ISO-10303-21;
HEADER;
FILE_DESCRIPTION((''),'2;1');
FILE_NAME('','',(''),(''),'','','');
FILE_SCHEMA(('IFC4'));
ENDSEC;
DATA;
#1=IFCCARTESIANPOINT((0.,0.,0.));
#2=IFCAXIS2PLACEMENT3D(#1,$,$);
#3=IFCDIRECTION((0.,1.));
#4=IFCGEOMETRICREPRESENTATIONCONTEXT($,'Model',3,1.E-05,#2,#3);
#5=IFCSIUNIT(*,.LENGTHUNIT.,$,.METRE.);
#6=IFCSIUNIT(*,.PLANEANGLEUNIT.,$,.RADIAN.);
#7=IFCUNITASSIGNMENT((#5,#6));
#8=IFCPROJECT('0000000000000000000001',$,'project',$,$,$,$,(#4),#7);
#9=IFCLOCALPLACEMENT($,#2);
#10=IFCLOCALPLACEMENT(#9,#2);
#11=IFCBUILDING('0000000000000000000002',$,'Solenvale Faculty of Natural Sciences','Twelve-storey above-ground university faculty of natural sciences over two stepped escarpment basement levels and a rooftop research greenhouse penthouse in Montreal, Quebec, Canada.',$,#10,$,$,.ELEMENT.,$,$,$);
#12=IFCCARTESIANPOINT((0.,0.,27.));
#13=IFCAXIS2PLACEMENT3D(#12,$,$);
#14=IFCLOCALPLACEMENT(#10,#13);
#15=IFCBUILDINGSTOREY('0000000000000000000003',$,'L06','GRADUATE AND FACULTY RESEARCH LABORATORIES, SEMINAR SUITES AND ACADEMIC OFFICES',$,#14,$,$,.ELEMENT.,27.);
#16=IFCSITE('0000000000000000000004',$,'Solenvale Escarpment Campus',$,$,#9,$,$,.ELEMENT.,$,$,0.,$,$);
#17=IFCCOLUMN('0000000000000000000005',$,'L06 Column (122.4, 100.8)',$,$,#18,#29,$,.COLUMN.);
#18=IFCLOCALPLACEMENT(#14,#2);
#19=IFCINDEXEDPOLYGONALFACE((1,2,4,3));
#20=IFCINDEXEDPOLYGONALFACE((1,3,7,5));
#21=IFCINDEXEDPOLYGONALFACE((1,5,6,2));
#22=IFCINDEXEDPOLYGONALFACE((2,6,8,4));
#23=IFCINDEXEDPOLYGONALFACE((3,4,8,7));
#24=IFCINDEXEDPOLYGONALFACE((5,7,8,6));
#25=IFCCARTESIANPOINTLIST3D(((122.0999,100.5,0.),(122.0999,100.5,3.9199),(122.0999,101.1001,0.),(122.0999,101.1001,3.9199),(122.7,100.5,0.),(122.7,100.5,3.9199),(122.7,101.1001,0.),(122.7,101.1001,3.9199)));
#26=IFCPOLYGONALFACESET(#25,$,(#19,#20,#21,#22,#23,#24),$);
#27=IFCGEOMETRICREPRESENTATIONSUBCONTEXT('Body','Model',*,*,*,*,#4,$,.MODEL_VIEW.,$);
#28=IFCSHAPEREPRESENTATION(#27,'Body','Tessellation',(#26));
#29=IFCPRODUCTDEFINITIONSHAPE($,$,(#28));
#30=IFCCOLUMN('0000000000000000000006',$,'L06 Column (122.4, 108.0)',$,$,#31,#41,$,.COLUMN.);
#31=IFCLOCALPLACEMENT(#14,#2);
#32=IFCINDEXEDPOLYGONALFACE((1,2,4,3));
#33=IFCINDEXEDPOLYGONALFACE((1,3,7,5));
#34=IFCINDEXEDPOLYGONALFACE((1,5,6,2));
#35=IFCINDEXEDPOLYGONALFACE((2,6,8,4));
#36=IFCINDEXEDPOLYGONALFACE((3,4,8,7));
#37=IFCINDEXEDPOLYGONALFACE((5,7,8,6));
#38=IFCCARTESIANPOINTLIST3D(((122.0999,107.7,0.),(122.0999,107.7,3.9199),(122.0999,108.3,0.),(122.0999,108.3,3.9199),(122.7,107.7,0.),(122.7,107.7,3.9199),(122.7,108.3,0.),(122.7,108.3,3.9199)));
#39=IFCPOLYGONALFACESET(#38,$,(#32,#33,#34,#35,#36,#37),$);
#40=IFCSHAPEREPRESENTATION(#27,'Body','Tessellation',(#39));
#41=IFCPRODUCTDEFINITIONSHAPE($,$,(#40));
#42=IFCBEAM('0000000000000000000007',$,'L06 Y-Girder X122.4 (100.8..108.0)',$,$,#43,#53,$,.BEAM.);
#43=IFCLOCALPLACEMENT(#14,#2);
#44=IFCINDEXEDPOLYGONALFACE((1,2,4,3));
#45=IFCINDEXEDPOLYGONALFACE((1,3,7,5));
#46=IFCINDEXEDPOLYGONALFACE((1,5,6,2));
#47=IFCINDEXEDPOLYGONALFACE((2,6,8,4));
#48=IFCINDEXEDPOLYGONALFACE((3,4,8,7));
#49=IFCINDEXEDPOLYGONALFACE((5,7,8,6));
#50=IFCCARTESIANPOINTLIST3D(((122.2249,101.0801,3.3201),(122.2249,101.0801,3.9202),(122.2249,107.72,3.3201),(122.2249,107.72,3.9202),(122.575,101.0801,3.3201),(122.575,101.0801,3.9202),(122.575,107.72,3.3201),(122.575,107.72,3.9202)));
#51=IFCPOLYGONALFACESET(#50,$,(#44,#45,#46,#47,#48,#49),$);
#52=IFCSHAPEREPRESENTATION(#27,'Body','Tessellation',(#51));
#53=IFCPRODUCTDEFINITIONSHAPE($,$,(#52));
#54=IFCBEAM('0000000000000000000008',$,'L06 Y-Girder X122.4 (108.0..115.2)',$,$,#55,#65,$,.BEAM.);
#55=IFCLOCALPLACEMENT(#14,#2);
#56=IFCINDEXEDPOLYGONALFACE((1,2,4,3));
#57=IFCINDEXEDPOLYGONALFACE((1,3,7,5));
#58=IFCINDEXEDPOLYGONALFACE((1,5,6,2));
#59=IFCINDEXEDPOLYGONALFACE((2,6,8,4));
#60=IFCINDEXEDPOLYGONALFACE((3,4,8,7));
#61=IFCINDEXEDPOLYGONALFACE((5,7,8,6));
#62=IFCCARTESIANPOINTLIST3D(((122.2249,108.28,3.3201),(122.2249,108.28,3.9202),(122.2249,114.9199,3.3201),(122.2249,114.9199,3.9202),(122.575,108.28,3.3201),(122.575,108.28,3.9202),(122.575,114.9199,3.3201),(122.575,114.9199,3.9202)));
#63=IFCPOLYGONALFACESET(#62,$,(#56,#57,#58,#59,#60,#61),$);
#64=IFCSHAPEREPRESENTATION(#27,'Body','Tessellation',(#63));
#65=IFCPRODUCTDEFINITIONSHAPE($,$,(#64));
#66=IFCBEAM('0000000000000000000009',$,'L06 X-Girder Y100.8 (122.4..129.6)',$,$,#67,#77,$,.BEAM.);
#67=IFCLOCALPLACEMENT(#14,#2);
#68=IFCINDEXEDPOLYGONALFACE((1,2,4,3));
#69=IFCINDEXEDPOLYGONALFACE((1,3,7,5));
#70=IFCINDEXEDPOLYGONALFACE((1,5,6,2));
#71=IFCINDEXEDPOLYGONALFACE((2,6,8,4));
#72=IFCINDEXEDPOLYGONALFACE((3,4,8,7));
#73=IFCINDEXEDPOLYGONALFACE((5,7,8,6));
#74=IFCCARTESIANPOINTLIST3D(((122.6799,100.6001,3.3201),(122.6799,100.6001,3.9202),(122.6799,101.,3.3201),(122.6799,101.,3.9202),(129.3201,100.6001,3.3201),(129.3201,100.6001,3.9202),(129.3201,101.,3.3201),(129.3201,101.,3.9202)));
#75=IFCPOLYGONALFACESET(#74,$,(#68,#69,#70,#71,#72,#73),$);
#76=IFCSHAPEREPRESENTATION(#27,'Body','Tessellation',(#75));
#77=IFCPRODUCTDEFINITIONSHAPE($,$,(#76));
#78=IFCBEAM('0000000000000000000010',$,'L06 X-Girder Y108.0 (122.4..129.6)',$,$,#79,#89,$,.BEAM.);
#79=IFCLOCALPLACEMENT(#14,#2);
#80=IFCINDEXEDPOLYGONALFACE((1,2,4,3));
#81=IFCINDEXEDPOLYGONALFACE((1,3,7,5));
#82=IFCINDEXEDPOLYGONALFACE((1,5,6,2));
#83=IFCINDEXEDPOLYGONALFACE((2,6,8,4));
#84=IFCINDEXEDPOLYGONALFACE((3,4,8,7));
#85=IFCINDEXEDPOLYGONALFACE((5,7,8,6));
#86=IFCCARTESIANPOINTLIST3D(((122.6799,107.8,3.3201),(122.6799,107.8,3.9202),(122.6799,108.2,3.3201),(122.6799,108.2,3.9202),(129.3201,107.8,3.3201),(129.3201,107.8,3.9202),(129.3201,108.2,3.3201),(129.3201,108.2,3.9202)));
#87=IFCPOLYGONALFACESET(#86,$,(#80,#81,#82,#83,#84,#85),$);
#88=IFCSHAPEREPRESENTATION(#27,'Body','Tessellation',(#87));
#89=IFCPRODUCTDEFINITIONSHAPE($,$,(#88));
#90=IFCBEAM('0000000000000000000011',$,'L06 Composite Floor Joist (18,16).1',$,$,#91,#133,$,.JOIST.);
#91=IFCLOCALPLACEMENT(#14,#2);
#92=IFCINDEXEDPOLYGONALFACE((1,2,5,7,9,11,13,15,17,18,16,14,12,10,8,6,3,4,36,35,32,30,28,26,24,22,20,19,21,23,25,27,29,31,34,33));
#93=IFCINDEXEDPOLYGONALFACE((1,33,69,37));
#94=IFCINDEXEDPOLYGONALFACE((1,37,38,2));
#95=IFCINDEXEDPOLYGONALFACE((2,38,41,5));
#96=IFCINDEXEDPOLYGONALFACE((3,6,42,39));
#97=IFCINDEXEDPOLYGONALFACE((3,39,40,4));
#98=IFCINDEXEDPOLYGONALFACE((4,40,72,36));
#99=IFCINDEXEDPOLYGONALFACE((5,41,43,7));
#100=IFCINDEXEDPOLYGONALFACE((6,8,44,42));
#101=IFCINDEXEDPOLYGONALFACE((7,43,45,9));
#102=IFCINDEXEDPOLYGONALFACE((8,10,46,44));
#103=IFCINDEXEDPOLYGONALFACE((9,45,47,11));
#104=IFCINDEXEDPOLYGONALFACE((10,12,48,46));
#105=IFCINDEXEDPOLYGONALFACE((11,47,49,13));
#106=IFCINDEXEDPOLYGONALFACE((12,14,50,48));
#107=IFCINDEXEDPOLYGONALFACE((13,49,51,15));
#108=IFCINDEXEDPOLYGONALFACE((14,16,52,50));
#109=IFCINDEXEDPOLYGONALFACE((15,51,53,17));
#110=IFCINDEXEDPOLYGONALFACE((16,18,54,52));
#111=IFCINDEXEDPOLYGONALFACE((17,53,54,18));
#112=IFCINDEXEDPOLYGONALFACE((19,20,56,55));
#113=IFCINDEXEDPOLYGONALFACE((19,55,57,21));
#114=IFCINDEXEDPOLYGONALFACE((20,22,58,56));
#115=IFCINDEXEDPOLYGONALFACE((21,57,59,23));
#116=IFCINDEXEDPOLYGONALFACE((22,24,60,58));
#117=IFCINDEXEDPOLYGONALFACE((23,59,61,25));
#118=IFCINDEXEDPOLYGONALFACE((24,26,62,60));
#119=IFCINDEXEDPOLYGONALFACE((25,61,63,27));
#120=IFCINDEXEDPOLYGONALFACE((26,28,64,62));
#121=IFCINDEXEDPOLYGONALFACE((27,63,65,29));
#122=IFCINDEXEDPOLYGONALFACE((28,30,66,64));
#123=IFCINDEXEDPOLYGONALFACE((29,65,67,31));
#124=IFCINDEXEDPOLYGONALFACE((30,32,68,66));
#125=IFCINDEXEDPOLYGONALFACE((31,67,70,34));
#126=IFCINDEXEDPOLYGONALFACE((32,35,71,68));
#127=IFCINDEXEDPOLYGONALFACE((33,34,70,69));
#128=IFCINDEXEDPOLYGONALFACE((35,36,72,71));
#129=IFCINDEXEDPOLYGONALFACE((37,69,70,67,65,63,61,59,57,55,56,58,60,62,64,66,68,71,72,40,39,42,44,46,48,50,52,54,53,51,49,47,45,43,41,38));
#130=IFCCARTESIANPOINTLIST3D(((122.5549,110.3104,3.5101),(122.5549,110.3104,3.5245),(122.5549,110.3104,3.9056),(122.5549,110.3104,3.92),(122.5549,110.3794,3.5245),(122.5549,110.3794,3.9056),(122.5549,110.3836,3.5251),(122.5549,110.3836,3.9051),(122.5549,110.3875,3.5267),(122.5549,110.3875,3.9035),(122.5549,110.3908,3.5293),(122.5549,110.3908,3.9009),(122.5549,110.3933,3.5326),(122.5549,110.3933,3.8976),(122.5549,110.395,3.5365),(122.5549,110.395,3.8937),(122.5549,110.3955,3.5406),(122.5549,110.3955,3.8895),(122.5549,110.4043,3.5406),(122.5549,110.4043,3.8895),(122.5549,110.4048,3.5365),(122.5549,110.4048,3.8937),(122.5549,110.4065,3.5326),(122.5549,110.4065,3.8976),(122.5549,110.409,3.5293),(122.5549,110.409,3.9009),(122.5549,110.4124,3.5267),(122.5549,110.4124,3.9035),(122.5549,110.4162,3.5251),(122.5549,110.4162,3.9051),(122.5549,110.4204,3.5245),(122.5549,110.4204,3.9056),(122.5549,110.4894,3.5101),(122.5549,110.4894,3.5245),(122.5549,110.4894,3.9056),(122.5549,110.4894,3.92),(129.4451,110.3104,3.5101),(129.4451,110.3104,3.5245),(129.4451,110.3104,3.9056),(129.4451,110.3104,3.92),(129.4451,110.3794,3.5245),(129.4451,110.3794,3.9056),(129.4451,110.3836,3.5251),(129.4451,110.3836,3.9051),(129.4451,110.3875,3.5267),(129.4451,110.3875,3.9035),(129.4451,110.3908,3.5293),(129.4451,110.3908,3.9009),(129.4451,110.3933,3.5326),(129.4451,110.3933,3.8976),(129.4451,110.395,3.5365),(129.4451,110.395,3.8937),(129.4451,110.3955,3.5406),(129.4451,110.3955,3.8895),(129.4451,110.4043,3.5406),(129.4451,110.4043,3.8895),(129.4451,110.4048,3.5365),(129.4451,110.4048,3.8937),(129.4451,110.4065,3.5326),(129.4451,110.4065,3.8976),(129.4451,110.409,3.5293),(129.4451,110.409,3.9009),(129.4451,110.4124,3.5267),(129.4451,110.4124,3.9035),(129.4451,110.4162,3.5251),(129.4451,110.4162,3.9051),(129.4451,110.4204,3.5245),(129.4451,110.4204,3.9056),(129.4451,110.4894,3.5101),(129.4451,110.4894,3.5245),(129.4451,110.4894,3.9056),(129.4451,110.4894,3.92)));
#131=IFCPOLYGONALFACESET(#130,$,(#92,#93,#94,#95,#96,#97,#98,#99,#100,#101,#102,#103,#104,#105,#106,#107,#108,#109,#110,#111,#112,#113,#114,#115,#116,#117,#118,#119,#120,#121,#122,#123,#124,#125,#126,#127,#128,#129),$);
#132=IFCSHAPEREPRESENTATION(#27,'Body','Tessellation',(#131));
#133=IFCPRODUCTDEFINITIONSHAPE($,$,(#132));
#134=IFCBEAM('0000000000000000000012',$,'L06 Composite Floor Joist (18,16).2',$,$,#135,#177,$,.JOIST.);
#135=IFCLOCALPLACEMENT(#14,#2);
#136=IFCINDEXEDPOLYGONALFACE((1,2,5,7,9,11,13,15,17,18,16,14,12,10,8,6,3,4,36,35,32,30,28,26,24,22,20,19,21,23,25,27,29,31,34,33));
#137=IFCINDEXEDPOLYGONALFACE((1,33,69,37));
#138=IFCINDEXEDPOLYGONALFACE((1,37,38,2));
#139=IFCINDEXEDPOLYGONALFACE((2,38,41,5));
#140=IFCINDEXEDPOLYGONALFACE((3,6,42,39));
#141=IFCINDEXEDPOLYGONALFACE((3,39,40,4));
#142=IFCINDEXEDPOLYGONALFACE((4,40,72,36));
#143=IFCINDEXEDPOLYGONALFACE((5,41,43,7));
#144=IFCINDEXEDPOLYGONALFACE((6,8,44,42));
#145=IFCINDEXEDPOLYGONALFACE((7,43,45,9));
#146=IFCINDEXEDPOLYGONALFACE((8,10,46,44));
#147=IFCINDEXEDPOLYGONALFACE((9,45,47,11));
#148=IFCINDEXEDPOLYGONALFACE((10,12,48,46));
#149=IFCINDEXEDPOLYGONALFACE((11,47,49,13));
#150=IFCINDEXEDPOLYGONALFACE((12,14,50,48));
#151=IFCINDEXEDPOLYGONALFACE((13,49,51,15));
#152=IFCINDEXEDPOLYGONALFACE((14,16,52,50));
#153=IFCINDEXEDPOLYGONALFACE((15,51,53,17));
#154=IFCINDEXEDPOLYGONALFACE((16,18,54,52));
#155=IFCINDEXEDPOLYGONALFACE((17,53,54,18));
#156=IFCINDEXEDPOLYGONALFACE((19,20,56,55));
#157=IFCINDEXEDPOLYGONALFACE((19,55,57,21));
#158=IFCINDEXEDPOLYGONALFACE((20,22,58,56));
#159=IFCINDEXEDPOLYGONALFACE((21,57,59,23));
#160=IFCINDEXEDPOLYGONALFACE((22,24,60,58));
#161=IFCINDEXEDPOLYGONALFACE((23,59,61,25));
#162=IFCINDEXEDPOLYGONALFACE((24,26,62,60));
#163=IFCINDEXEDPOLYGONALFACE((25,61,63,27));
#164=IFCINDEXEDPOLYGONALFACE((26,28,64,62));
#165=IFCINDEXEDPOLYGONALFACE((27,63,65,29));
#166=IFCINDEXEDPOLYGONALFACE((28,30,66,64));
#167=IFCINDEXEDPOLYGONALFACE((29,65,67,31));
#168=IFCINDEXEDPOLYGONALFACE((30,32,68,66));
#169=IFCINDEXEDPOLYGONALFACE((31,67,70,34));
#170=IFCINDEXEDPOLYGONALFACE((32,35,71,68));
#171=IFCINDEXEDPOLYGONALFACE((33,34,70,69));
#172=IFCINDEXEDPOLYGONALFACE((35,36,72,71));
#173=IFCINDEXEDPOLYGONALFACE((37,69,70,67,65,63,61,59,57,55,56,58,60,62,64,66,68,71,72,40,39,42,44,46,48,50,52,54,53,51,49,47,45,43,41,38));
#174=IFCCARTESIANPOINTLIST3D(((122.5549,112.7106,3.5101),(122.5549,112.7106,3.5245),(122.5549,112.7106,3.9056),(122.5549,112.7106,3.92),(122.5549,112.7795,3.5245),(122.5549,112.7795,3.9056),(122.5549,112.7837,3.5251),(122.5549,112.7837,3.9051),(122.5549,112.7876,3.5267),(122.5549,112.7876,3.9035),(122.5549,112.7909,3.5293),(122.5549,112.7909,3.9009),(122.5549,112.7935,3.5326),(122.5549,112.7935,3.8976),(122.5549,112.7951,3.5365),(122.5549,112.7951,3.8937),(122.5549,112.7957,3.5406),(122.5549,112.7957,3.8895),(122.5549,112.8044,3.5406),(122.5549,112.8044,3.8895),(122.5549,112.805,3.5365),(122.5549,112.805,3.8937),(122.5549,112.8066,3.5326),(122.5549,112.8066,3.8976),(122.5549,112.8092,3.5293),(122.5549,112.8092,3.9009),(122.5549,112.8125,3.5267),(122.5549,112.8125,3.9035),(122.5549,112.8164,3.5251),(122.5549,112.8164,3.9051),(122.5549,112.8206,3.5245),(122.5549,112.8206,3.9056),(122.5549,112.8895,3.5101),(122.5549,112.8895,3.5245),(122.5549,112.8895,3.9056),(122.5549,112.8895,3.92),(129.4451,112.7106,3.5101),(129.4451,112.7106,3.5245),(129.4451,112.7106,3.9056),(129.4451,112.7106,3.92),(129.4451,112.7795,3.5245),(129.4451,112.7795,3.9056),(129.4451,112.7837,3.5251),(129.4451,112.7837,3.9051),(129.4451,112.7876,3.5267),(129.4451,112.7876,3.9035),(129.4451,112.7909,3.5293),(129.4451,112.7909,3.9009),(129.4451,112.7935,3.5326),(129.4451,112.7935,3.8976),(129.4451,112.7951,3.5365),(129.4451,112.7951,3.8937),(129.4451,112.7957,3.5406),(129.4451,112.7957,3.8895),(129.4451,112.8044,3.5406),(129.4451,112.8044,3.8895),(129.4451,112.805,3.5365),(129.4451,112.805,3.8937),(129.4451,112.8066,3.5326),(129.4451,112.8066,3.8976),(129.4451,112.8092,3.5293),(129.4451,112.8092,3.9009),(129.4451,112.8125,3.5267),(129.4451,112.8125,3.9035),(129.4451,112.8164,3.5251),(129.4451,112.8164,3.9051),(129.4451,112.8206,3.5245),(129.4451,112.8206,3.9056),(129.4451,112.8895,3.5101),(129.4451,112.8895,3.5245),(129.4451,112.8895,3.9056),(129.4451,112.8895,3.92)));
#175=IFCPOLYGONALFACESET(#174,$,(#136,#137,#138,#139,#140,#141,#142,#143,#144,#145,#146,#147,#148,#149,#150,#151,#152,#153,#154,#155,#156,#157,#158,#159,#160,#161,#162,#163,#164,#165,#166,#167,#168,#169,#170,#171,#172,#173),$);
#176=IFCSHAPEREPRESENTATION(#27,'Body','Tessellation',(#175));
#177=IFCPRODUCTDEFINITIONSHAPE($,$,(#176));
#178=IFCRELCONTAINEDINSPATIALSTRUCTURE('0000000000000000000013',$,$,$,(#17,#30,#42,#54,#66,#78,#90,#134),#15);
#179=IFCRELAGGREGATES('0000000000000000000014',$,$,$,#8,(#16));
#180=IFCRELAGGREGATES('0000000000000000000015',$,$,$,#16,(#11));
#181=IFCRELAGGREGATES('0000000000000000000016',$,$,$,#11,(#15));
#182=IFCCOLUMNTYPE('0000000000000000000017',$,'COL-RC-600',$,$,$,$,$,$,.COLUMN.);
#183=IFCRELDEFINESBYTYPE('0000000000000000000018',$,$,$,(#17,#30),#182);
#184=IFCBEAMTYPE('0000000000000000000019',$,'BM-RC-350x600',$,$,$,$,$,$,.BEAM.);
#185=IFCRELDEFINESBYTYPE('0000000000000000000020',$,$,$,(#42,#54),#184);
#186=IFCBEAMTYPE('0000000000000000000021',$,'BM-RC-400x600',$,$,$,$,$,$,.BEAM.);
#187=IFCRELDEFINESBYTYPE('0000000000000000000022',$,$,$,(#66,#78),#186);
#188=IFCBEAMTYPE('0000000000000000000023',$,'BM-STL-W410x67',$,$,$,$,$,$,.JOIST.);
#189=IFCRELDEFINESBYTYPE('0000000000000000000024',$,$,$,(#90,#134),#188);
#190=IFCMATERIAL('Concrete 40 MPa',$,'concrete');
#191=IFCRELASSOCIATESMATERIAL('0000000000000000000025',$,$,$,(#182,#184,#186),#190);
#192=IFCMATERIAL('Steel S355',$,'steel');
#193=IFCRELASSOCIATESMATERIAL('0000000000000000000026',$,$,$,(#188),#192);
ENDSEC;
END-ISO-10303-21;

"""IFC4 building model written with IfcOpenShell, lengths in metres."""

from ifc_helpers import new_model, si_unit, direction, frame, origin, origin_2d, place, context, subcontext, project, spatial, rectangle, i_section, extrude, material, material_profile, profile_set, type_object, element, save


model = new_model("IFC4")

# Units and contexts
model_context = context("Model", 3, precision=1e-05, world=origin(), true_north=direction((0.0, 1.0)))
body_context = subcontext(model_context, "Body", "Model", "MODEL_VIEW")
ifc_project = project(units=[si_unit("LENGTHUNIT", "METRE"), si_unit("PLANEANGLEUNIT", "RADIAN")], contexts=[model_context])

# Site, building, storey
site_placement = place(None, origin())
site = spatial("IfcSite", under=ifc_project, at=site_placement, Name="Solenvale Escarpment Campus", CompositionType="ELEMENT", RefElevation=0.0)
building_placement = place(site_placement, origin())
building = spatial("IfcBuilding", under=site, at=building_placement, Name="Solenvale Faculty of Natural Sciences", Description="Twelve-storey above-ground university faculty of natural sciences over two stepped escarpment basement levels and a rooftop research greenhouse penthouse in Montreal, Quebec, Canada.", CompositionType="ELEMENT")
storey_placement = place(building_placement, frame((0.0, 0.0, 27.0)))
storey = spatial("IfcBuildingStorey", under=building, at=storey_placement, Name="L06", Description="GRADUATE AND FACULTY RESEARCH LABORATORIES, SEMINAR SUITES AND ACADEMIC OFFICES", CompositionType="ELEMENT", Elevation=27.0)

# Columns
ifc_material_1 = material(Name="Concrete 40 MPa", Category="concrete")
ifc_material_profile_1 = material_profile(ifc_material_1, rectangle(XDim=0.6001, YDim=0.6001, at=origin_2d()), Name="RC-COL-600x600")
ifc_profile_set_1 = profile_set([ifc_material_profile_1], Name="Concrete 40 MPa")
column_type = type_object("IfcColumnType", Name="COL-RC-600", PredefinedType="COLUMN", material=ifc_profile_set_1)
for number, where, z_axis, x_axis, name in (
    (1, (122.3999, 100.8, 0.0), (0.0, 0.0, 1.0), (1.0, 0.0, 0.0), "L06 Column (122.4, 100.8)"),
    (2, (122.3999, 108.0, 0.0), (0.0, 0.0, 1.0), (1.0, 0.0, 0.0), "L06 Column (122.4, 108.0)"),
):
    element("IfcColumn", number, at=place(storey_placement, frame(where, z_axis=z_axis, x_axis=x_axis)), inside=storey, type_object=column_type, Name=name, PredefinedType="COLUMN", context=body_context, shape_type="SweptSolid", body=[
        extrude(rectangle(XDim=0.6001, YDim=0.6001, at=origin_2d()), origin(), (0.0, 0.0, 1.0), 3.9199),
    ])

# Beams
ifc_material_profile_2 = material_profile(ifc_material_1, rectangle(XDim=0.3501, YDim=0.6001, at=origin_2d()), Name="RC-BM-350x600")
ifc_profile_set_2 = profile_set([ifc_material_profile_2], Name="Concrete 40 MPa")
beam_type_1 = type_object("IfcBeamType", Name="BM-RC-350x600", PredefinedType="BEAM", material=ifc_profile_set_2)
for number, where, z_axis, x_axis, name in (
    (3, (122.3999, 101.0801, 3.6201), (0.0, 1.0, 0.0), (-1.0, 0.0, 0.0), "L06 Y-Girder X122.4 (100.8..108.0)"),
    (4, (122.3999, 108.28, 3.6201), (0.0, 1.0, 0.0), (-1.0, 0.0, 0.0), "L06 Y-Girder X122.4 (108.0..115.2)"),
):
    element("IfcBeam", number, at=place(storey_placement, frame(where, z_axis=z_axis, x_axis=x_axis)), inside=storey, type_object=beam_type_1, Name=name, PredefinedType="BEAM", context=body_context, shape_type="SweptSolid", body=[
        extrude(rectangle(XDim=0.3501, YDim=0.6001, at=origin_2d()), origin(), (0.0, 0.0, 1.0), 6.6399),
    ])
ifc_material_profile_3 = material_profile(ifc_material_1, rectangle(XDim=0.3999, YDim=0.6001, at=origin_2d()), Name="RC-BM-400x600")
ifc_profile_set_3 = profile_set([ifc_material_profile_3], Name="Concrete 40 MPa")
beam_type_2 = type_object("IfcBeamType", Name="BM-RC-400x600", PredefinedType="BEAM", material=ifc_profile_set_3)
for number, where, z_axis, x_axis, name in (
    (5, (122.6799, 100.8, 3.6201), (1.0, 0.0, 0.0), (0.0, 1.0, 0.0), "L06 X-Girder Y100.8 (122.4..129.6)"),
    (6, (122.6799, 108.0, 3.6201), (1.0, 0.0, 0.0), (0.0, 1.0, 0.0), "L06 X-Girder Y108.0 (122.4..129.6)"),
):
    element("IfcBeam", number, at=place(storey_placement, frame(where, z_axis=z_axis, x_axis=x_axis)), inside=storey, type_object=beam_type_2, Name=name, PredefinedType="BEAM", context=body_context, shape_type="SweptSolid", body=[
        extrude(rectangle(XDim=0.3999, YDim=0.6001, at=origin_2d()), origin(), (0.0, 0.0, 1.0), 6.6401),
    ])
ifc_material_2 = material(Name="Steel S355", Category="steel")
ifc_material_profile_4 = material_profile(ifc_material_2, i_section(OverallWidth=0.179, OverallDepth=0.4099, WebThickness=0.0088, FlangeThickness=0.0144, FilletRadius=0.0161, at=origin_2d()), Name="W410x67")
ifc_profile_set_4 = profile_set([ifc_material_profile_4], Name="Steel S355")
beam_type_3 = type_object("IfcBeamType", Name="BM-STL-W410x67", PredefinedType="JOIST", material=ifc_profile_set_4)
for number, where, z_axis, x_axis, name in (
    (7, (122.5549, 110.3999, 3.7151), (1.0, 0.0, 0.0), (0.0, 1.0, 0.0), "L06 Composite Floor Joist (18,16).1"),
    (8, (122.5549, 112.8, 3.7151), (1.0, 0.0, 0.0), (0.0, 1.0, 0.0), "L06 Composite Floor Joist (18,16).2"),
):
    element("IfcBeam", number, at=place(storey_placement, frame(where, z_axis=z_axis, x_axis=x_axis)), inside=storey, type_object=beam_type_3, Name=name, PredefinedType="JOIST", context=body_context, shape_type="SweptSolid", body=[
        extrude(i_section(OverallWidth=0.179, OverallDepth=0.4099, WebThickness=0.0088, FlangeThickness=0.0144, FilletRadius=0.0161, at=origin_2d()), origin(), (0.0, 0.0, 1.0), 6.8901),
    ])

save(model, "model.ifc")
